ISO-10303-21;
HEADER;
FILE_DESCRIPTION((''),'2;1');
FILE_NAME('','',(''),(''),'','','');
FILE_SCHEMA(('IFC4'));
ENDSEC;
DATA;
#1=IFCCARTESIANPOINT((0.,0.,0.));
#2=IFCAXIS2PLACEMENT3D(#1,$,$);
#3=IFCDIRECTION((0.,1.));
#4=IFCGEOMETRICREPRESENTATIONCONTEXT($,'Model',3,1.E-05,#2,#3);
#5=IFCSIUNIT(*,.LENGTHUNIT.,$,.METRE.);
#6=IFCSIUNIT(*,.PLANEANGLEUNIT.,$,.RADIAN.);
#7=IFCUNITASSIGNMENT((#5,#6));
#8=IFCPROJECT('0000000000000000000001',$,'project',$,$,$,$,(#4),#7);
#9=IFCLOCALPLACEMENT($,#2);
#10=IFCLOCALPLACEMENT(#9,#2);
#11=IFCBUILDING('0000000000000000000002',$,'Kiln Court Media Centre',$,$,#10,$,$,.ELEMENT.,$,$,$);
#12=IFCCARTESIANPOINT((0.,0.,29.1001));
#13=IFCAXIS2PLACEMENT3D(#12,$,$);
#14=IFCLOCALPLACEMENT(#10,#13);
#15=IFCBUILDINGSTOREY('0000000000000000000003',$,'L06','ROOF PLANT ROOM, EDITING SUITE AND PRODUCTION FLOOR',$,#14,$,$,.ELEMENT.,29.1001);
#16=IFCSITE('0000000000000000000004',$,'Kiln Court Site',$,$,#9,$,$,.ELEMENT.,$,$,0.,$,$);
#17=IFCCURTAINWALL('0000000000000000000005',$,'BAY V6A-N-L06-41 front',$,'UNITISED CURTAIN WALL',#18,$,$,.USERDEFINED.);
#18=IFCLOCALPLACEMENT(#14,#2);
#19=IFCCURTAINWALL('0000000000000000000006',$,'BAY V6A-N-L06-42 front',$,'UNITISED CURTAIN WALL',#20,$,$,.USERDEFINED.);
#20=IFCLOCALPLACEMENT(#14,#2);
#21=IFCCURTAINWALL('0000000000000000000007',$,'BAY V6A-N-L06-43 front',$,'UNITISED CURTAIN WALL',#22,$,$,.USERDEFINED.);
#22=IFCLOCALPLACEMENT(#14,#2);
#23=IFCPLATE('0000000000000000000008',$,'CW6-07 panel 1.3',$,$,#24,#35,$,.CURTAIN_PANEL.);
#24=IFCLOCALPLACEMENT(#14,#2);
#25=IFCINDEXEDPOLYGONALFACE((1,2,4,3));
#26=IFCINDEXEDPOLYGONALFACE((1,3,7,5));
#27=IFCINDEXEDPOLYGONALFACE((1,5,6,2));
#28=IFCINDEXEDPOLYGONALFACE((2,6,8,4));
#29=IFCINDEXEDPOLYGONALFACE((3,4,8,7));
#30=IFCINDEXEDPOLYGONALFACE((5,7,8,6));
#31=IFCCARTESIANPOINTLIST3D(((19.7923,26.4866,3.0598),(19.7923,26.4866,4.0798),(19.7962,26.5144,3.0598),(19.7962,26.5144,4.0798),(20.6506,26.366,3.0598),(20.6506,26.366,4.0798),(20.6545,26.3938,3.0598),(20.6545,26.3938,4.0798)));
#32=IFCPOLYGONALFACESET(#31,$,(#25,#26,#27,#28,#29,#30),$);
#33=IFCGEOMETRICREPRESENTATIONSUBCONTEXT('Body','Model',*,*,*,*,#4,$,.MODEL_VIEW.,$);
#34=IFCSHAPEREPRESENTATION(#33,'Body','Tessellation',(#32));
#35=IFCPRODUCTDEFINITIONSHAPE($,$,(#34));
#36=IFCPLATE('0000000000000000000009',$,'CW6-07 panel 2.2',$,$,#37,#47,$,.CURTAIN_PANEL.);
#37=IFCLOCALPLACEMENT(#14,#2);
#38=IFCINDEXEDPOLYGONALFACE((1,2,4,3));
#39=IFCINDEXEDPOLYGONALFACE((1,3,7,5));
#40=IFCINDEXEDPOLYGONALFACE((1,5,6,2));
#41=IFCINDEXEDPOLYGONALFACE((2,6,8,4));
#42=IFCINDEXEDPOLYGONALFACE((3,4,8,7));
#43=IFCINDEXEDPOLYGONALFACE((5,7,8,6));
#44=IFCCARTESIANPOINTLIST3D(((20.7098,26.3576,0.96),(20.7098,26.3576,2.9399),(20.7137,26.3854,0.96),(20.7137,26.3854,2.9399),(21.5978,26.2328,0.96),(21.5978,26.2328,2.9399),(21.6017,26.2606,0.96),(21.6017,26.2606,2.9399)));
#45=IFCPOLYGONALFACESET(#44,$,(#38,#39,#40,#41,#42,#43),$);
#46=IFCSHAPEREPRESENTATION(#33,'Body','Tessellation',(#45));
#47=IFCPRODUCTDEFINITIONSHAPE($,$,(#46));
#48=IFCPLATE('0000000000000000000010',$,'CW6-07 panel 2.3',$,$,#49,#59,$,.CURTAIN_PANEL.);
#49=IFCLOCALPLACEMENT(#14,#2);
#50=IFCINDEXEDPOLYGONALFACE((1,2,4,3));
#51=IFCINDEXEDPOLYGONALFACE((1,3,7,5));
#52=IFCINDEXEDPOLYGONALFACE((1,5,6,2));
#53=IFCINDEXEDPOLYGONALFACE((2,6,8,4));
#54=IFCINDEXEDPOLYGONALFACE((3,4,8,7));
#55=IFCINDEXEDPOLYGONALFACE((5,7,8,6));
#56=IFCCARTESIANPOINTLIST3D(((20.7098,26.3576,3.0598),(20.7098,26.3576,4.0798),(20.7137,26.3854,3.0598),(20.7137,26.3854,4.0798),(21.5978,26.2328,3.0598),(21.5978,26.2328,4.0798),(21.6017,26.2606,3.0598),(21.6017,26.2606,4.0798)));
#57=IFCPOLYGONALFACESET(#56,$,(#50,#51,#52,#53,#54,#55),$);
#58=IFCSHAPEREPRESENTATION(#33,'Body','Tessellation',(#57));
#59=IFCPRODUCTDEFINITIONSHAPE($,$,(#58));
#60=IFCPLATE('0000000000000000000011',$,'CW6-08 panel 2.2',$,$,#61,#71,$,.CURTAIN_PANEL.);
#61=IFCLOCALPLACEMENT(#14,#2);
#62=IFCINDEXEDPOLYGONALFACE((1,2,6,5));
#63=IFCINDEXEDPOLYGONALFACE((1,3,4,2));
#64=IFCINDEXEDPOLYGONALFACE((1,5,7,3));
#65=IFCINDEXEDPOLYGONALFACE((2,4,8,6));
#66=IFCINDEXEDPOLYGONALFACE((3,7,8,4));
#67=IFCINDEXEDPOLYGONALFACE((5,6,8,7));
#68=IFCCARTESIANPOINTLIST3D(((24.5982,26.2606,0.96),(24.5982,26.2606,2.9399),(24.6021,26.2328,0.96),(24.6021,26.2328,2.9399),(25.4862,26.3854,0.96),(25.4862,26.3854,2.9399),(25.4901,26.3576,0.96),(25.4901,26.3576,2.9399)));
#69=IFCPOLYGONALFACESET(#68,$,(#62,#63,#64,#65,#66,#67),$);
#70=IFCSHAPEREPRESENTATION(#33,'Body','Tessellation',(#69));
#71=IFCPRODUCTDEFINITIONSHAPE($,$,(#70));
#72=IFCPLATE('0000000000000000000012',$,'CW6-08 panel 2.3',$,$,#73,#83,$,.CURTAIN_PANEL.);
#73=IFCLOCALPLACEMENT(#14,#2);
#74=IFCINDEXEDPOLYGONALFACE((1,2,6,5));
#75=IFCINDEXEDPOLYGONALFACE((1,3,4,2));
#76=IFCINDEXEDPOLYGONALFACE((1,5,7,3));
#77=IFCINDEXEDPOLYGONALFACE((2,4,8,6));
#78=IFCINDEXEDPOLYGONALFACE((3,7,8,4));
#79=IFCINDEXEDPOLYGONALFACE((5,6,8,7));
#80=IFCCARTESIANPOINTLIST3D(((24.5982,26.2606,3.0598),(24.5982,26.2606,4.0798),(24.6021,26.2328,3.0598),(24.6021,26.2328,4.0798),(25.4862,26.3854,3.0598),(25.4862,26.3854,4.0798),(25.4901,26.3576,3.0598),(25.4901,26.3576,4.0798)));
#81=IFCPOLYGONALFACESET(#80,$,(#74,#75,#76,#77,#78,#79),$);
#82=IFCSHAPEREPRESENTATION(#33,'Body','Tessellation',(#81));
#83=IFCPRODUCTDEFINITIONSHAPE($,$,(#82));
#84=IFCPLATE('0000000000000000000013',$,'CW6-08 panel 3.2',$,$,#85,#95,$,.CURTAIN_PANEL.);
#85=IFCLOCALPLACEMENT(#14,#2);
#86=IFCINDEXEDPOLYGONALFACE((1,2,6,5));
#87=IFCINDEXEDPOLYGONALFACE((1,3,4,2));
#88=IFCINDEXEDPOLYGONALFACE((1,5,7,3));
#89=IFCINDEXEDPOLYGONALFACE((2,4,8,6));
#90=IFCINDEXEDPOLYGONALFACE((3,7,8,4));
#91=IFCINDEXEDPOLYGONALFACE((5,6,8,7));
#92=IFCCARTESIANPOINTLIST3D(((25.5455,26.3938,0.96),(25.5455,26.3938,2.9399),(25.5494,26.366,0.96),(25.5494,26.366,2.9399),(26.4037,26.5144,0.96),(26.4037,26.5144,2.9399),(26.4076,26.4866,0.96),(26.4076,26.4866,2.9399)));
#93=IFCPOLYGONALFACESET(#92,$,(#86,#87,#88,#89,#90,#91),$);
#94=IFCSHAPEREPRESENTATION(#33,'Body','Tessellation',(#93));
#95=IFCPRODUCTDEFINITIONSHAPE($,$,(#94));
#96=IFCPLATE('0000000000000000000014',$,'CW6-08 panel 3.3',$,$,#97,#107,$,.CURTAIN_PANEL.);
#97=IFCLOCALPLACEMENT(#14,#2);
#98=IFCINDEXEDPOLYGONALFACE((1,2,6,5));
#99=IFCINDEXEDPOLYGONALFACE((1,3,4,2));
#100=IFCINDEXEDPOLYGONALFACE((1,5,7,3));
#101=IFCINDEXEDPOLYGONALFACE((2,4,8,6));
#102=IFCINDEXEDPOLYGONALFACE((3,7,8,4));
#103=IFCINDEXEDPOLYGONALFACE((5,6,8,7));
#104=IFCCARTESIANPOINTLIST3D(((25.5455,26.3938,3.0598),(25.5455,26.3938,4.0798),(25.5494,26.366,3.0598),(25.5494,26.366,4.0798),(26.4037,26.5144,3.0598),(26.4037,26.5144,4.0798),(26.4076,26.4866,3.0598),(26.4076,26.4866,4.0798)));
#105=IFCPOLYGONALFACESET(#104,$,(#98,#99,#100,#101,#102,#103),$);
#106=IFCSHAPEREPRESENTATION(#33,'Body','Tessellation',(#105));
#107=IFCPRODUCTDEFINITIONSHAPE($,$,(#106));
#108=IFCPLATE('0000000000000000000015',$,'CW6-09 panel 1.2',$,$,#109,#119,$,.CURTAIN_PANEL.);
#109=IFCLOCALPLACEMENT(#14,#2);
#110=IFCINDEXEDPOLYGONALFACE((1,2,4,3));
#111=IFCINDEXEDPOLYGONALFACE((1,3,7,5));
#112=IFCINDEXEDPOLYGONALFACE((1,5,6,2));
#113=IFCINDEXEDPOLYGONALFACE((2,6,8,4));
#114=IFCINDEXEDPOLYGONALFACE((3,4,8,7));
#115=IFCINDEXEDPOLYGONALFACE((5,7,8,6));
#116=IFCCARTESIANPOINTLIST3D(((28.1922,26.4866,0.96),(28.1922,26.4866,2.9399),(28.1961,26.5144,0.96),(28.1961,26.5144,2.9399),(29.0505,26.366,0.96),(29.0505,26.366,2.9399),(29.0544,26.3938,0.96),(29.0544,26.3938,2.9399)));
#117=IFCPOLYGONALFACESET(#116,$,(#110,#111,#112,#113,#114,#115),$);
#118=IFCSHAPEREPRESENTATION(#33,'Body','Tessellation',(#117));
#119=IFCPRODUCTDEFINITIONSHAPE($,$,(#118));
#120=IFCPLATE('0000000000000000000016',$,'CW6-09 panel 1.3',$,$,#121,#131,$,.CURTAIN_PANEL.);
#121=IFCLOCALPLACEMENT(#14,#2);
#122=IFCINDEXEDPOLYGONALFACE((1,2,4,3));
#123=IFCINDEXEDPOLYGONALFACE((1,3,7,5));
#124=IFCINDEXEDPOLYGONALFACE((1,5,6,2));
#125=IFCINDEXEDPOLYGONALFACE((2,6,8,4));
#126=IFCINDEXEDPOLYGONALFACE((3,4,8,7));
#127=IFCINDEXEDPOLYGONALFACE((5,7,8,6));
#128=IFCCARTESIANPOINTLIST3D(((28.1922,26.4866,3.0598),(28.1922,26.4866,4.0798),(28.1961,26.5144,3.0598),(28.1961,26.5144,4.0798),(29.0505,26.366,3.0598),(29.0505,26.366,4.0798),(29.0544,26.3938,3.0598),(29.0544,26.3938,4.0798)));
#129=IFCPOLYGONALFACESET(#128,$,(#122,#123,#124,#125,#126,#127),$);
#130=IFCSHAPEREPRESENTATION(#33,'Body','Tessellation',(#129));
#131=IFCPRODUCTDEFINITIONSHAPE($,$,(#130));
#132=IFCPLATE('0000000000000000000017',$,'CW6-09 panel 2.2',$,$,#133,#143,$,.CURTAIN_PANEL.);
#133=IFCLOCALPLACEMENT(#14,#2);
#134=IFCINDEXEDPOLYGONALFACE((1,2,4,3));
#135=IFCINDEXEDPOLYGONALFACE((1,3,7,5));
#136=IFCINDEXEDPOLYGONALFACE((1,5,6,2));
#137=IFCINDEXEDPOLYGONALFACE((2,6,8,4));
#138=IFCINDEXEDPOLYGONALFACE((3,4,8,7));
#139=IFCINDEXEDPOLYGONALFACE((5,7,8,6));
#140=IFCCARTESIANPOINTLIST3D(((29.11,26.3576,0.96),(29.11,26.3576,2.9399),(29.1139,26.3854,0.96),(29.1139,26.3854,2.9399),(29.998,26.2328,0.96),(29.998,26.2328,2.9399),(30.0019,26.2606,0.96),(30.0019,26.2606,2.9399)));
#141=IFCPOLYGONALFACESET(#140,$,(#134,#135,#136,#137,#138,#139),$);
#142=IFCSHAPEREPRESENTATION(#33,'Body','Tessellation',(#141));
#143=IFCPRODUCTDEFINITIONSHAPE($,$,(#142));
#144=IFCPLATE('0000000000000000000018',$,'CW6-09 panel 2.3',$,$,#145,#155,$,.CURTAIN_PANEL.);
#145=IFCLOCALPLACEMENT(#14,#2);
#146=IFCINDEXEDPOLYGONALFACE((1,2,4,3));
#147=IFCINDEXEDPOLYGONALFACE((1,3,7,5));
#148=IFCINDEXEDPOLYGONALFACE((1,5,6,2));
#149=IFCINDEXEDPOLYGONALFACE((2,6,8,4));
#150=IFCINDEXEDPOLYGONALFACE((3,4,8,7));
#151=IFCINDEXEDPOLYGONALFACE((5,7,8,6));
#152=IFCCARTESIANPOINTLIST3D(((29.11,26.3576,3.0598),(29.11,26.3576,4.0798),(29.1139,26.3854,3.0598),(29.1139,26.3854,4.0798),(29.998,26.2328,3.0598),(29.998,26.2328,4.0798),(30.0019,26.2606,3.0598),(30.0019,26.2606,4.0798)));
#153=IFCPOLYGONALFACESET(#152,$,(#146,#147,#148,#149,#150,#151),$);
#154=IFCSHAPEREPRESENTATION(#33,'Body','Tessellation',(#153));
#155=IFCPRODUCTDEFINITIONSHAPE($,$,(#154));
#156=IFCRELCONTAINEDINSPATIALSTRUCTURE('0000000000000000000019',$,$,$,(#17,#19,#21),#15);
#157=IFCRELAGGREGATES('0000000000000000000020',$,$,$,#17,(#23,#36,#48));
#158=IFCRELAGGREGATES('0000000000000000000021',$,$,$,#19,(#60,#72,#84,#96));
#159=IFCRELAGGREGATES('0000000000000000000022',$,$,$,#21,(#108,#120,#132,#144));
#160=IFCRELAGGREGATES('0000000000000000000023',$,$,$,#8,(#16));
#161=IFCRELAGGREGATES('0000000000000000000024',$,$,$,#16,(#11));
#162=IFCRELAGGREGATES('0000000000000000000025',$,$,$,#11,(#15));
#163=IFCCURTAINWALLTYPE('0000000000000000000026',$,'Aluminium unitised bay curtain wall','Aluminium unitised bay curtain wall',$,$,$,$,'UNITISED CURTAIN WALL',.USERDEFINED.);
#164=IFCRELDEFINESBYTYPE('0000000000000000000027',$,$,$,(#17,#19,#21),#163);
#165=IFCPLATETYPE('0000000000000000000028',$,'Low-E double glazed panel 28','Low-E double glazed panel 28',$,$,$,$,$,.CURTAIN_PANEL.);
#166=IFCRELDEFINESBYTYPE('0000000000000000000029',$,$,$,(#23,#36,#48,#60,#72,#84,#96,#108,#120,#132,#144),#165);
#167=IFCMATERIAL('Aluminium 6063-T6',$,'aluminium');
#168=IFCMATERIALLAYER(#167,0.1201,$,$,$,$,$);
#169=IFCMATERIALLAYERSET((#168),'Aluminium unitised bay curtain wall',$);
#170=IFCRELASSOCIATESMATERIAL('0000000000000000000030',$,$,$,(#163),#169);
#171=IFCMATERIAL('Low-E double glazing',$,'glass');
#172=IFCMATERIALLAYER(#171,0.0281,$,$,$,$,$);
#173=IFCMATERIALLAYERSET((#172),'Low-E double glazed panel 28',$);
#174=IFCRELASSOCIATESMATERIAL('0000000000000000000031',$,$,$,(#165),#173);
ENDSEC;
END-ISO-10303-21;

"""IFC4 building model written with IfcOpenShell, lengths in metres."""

from ifc_helpers import new_model, si_unit, direction, frame, origin, origin_2d, place, context, subcontext, project, spatial, rectangle, extrude, material, layer, layer_set, type_object, element, aggregate, save


model = new_model("IFC4")

# Units and contexts
model_context = context("Model", 3, precision=1e-05, world=origin(), true_north=direction((0.0, 1.0)))
body_context = subcontext(model_context, "Body", "Model", "MODEL_VIEW")
ifc_project = project(units=[si_unit("LENGTHUNIT", "METRE"), si_unit("PLANEANGLEUNIT", "RADIAN")], contexts=[model_context])

# Site, building, storey
site_placement = place(None, origin())
site = spatial("IfcSite", under=ifc_project, at=site_placement, Name="Kiln Court Site", CompositionType="ELEMENT", RefElevation=0.0)
building_placement = place(site_placement, origin())
building = spatial("IfcBuilding", under=site, at=building_placement, Name="Kiln Court Media Centre", CompositionType="ELEMENT")
storey_placement = place(building_placement, frame((0.0, 0.0, 29.1001)))
storey = spatial("IfcBuildingStorey", under=building, at=storey_placement, Name="L06", Description="ROOF PLANT ROOM, EDITING SUITE AND PRODUCTION FLOOR", CompositionType="ELEMENT", Elevation=29.1001)

# Curtain walls
ifc_material_1 = material(Name="Aluminium 6063-T6", Category="aluminium")
ifc_layer_1 = layer(ifc_material_1, 0.1201)
ifc_layer_set_1 = layer_set([ifc_layer_1], Name="Aluminium unitised bay curtain wall")
curtain_wall_type = type_object("IfcCurtainWallType", Name="Aluminium unitised bay curtain wall", Description="Aluminium unitised bay curtain wall", ElementType="UNITISED CURTAIN WALL", PredefinedType="USERDEFINED", material=ifc_layer_set_1)
curtain_wall_1_placement = place(storey_placement, origin())
curtain_wall_1 = element("IfcCurtainWall", 1, at=curtain_wall_1_placement, inside=storey, type_object=curtain_wall_type, Name="BAY V6A-N-L06-41 front", ObjectType="UNITISED CURTAIN WALL", PredefinedType="USERDEFINED")
curtain_wall_2_placement = place(storey_placement, origin())
curtain_wall_2 = element("IfcCurtainWall", 2, at=curtain_wall_2_placement, inside=storey, type_object=curtain_wall_type, Name="BAY V6A-N-L06-42 front", ObjectType="UNITISED CURTAIN WALL", PredefinedType="USERDEFINED")
curtain_wall_3_placement = place(storey_placement, origin())
curtain_wall_3 = element("IfcCurtainWall", 3, at=curtain_wall_3_placement, inside=storey, type_object=curtain_wall_type, Name="BAY V6A-N-L06-43 front", ObjectType="UNITISED CURTAIN WALL", PredefinedType="USERDEFINED")

# Plates
ifc_material_2 = material(Name="Low-E double glazing", Category="glass")
ifc_layer_2 = layer(ifc_material_2, 0.0281)
ifc_layer_set_2 = layer_set([ifc_layer_2], Name="Low-E double glazed panel 28")
plate_type_1 = type_object("IfcPlateType", Name="Low-E double glazed panel 28", Description="Low-E double glazed panel 28", PredefinedType="CURTAIN_PANEL", material=ifc_layer_set_2)
plate_1_placement = place(storey_placement, frame((20.2234, 26.4402, 3.0598), z_axis=(0.0, 0.0, 1.0), x_axis=(0.99027, -0.139162, 0.0)))
plate_1 = element("IfcPlate", 4, at=plate_1_placement, type_object=plate_type_1, Name="CW6-07 panel 1.3", PredefinedType="CURTAIN_PANEL", context=body_context, shape_type="SweptSolid", body=[
    extrude(rectangle(XDim=0.8667, YDim=0.0281, at=origin_2d()), origin(), (0.0, 0.0, 1.0), 1.02),
])
plate_2_placement = place(storey_placement, frame((21.1558, 26.3091, 0.96), z_axis=(0.0, 0.0, 1.0), x_axis=(0.99027, -0.139162, 0.0)))
plate_2 = element("IfcPlate", 5, at=plate_2_placement, type_object=plate_type_1, Name="CW6-07 panel 2.2", PredefinedType="CURTAIN_PANEL", context=body_context, shape_type="SweptSolid", body=[
    extrude(rectangle(XDim=0.8967, YDim=0.0281, at=origin_2d()), origin(), (0.0, 0.0, 1.0), 1.98),
])
plate_3_placement = place(storey_placement, frame((21.1558, 26.3091, 3.0598), z_axis=(0.0, 0.0, 1.0), x_axis=(0.99027, -0.139162, 0.0)))
plate_3 = element("IfcPlate", 6, at=plate_3_placement, type_object=plate_type_1, Name="CW6-07 panel 2.3", PredefinedType="CURTAIN_PANEL", context=body_context, shape_type="SweptSolid", body=[
    extrude(rectangle(XDim=0.8967, YDim=0.0281, at=origin_2d()), origin(), (0.0, 0.0, 1.0), 1.02),
])
aggregate(curtain_wall_1, [plate_1, plate_2, plate_3])
plate_4_placement = place(storey_placement, frame((25.0442, 26.3091, 0.96), z_axis=(0.0, 0.0, 1.0), x_axis=(0.99027, 0.139162, 0.0)))
plate_4 = element("IfcPlate", 7, at=plate_4_placement, type_object=plate_type_1, Name="CW6-08 panel 2.2", PredefinedType="CURTAIN_PANEL", context=body_context, shape_type="SweptSolid", body=[
    extrude(rectangle(XDim=0.8967, YDim=0.0281, at=origin_2d()), origin(), (0.0, 0.0, 1.0), 1.98),
])
plate_5_placement = place(storey_placement, frame((25.0442, 26.3091, 3.0598), z_axis=(0.0, 0.0, 1.0), x_axis=(0.99027, 0.139162, 0.0)))
plate_5 = element("IfcPlate", 8, at=plate_5_placement, type_object=plate_type_1, Name="CW6-08 panel 2.3", PredefinedType="CURTAIN_PANEL", context=body_context, shape_type="SweptSolid", body=[
    extrude(rectangle(XDim=0.8967, YDim=0.0281, at=origin_2d()), origin(), (0.0, 0.0, 1.0), 1.02),
])
plate_6_placement = place(storey_placement, frame((25.9766, 26.4402, 0.96), z_axis=(0.0, 0.0, 1.0), x_axis=(0.99027, 0.139162, 0.0)))
plate_6 = element("IfcPlate", 9, at=plate_6_placement, type_object=plate_type_1, Name="CW6-08 panel 3.2", PredefinedType="CURTAIN_PANEL", context=body_context, shape_type="SweptSolid", body=[
    extrude(rectangle(XDim=0.8667, YDim=0.0281, at=origin_2d()), origin(), (0.0, 0.0, 1.0), 1.98),
])
plate_7_placement = place(storey_placement, frame((25.9766, 26.4402, 3.0598), z_axis=(0.0, 0.0, 1.0), x_axis=(0.99027, 0.139162, 0.0)))
plate_7 = element("IfcPlate", 10, at=plate_7_placement, type_object=plate_type_1, Name="CW6-08 panel 3.3", PredefinedType="CURTAIN_PANEL", context=body_context, shape_type="SweptSolid", body=[
    extrude(rectangle(XDim=0.8667, YDim=0.0281, at=origin_2d()), origin(), (0.0, 0.0, 1.0), 1.02),
])
aggregate(curtain_wall_2, [plate_4, plate_5, plate_6, plate_7])
plate_8_placement = place(storey_placement, frame((28.6233, 26.4402, 0.96), z_axis=(0.0, 0.0, 1.0), x_axis=(0.99027, -0.139162, 0.0)))
plate_8 = element("IfcPlate", 11, at=plate_8_placement, type_object=plate_type_1, Name="CW6-09 panel 1.2", PredefinedType="CURTAIN_PANEL", context=body_context, shape_type="SweptSolid", body=[
    extrude(rectangle(XDim=0.8667, YDim=0.0281, at=origin_2d()), origin(), (0.0, 0.0, 1.0), 1.98),
])
plate_9_placement = place(storey_placement, frame((28.6233, 26.4402, 3.0598), z_axis=(0.0, 0.0, 1.0), x_axis=(0.99027, -0.139162, 0.0)))
plate_9 = element("IfcPlate", 12, at=plate_9_placement, type_object=plate_type_1, Name="CW6-09 panel 1.3", PredefinedType="CURTAIN_PANEL", context=body_context, shape_type="SweptSolid", body=[
    extrude(rectangle(XDim=0.8667, YDim=0.0281, at=origin_2d()), origin(), (0.0, 0.0, 1.0), 1.02),
])
plate_10_placement = place(storey_placement, frame((29.5559, 26.3091, 0.96), z_axis=(0.0, 0.0, 1.0), x_axis=(0.99027, -0.139162, 0.0)))
plate_10 = element("IfcPlate", 13, at=plate_10_placement, type_object=plate_type_1, Name="CW6-09 panel 2.2", PredefinedType="CURTAIN_PANEL", context=body_context, shape_type="SweptSolid", body=[
    extrude(rectangle(XDim=0.8967, YDim=0.0281, at=origin_2d()), origin(), (0.0, 0.0, 1.0), 1.98),
])
plate_11_placement = place(storey_placement, frame((29.5559, 26.3091, 3.0598), z_axis=(0.0, 0.0, 1.0), x_axis=(0.99027, -0.139162, 0.0)))
plate_11 = element("IfcPlate", 14, at=plate_11_placement, type_object=plate_type_1, Name="CW6-09 panel 2.3", PredefinedType="CURTAIN_PANEL", context=body_context, shape_type="SweptSolid", body=[
    extrude(rectangle(XDim=0.8967, YDim=0.0281, at=origin_2d()), origin(), (0.0, 0.0, 1.0), 1.02),
])
aggregate(curtain_wall_3, [plate_8, plate_9, plate_10, plate_11])

save(model, "model.ifc")
